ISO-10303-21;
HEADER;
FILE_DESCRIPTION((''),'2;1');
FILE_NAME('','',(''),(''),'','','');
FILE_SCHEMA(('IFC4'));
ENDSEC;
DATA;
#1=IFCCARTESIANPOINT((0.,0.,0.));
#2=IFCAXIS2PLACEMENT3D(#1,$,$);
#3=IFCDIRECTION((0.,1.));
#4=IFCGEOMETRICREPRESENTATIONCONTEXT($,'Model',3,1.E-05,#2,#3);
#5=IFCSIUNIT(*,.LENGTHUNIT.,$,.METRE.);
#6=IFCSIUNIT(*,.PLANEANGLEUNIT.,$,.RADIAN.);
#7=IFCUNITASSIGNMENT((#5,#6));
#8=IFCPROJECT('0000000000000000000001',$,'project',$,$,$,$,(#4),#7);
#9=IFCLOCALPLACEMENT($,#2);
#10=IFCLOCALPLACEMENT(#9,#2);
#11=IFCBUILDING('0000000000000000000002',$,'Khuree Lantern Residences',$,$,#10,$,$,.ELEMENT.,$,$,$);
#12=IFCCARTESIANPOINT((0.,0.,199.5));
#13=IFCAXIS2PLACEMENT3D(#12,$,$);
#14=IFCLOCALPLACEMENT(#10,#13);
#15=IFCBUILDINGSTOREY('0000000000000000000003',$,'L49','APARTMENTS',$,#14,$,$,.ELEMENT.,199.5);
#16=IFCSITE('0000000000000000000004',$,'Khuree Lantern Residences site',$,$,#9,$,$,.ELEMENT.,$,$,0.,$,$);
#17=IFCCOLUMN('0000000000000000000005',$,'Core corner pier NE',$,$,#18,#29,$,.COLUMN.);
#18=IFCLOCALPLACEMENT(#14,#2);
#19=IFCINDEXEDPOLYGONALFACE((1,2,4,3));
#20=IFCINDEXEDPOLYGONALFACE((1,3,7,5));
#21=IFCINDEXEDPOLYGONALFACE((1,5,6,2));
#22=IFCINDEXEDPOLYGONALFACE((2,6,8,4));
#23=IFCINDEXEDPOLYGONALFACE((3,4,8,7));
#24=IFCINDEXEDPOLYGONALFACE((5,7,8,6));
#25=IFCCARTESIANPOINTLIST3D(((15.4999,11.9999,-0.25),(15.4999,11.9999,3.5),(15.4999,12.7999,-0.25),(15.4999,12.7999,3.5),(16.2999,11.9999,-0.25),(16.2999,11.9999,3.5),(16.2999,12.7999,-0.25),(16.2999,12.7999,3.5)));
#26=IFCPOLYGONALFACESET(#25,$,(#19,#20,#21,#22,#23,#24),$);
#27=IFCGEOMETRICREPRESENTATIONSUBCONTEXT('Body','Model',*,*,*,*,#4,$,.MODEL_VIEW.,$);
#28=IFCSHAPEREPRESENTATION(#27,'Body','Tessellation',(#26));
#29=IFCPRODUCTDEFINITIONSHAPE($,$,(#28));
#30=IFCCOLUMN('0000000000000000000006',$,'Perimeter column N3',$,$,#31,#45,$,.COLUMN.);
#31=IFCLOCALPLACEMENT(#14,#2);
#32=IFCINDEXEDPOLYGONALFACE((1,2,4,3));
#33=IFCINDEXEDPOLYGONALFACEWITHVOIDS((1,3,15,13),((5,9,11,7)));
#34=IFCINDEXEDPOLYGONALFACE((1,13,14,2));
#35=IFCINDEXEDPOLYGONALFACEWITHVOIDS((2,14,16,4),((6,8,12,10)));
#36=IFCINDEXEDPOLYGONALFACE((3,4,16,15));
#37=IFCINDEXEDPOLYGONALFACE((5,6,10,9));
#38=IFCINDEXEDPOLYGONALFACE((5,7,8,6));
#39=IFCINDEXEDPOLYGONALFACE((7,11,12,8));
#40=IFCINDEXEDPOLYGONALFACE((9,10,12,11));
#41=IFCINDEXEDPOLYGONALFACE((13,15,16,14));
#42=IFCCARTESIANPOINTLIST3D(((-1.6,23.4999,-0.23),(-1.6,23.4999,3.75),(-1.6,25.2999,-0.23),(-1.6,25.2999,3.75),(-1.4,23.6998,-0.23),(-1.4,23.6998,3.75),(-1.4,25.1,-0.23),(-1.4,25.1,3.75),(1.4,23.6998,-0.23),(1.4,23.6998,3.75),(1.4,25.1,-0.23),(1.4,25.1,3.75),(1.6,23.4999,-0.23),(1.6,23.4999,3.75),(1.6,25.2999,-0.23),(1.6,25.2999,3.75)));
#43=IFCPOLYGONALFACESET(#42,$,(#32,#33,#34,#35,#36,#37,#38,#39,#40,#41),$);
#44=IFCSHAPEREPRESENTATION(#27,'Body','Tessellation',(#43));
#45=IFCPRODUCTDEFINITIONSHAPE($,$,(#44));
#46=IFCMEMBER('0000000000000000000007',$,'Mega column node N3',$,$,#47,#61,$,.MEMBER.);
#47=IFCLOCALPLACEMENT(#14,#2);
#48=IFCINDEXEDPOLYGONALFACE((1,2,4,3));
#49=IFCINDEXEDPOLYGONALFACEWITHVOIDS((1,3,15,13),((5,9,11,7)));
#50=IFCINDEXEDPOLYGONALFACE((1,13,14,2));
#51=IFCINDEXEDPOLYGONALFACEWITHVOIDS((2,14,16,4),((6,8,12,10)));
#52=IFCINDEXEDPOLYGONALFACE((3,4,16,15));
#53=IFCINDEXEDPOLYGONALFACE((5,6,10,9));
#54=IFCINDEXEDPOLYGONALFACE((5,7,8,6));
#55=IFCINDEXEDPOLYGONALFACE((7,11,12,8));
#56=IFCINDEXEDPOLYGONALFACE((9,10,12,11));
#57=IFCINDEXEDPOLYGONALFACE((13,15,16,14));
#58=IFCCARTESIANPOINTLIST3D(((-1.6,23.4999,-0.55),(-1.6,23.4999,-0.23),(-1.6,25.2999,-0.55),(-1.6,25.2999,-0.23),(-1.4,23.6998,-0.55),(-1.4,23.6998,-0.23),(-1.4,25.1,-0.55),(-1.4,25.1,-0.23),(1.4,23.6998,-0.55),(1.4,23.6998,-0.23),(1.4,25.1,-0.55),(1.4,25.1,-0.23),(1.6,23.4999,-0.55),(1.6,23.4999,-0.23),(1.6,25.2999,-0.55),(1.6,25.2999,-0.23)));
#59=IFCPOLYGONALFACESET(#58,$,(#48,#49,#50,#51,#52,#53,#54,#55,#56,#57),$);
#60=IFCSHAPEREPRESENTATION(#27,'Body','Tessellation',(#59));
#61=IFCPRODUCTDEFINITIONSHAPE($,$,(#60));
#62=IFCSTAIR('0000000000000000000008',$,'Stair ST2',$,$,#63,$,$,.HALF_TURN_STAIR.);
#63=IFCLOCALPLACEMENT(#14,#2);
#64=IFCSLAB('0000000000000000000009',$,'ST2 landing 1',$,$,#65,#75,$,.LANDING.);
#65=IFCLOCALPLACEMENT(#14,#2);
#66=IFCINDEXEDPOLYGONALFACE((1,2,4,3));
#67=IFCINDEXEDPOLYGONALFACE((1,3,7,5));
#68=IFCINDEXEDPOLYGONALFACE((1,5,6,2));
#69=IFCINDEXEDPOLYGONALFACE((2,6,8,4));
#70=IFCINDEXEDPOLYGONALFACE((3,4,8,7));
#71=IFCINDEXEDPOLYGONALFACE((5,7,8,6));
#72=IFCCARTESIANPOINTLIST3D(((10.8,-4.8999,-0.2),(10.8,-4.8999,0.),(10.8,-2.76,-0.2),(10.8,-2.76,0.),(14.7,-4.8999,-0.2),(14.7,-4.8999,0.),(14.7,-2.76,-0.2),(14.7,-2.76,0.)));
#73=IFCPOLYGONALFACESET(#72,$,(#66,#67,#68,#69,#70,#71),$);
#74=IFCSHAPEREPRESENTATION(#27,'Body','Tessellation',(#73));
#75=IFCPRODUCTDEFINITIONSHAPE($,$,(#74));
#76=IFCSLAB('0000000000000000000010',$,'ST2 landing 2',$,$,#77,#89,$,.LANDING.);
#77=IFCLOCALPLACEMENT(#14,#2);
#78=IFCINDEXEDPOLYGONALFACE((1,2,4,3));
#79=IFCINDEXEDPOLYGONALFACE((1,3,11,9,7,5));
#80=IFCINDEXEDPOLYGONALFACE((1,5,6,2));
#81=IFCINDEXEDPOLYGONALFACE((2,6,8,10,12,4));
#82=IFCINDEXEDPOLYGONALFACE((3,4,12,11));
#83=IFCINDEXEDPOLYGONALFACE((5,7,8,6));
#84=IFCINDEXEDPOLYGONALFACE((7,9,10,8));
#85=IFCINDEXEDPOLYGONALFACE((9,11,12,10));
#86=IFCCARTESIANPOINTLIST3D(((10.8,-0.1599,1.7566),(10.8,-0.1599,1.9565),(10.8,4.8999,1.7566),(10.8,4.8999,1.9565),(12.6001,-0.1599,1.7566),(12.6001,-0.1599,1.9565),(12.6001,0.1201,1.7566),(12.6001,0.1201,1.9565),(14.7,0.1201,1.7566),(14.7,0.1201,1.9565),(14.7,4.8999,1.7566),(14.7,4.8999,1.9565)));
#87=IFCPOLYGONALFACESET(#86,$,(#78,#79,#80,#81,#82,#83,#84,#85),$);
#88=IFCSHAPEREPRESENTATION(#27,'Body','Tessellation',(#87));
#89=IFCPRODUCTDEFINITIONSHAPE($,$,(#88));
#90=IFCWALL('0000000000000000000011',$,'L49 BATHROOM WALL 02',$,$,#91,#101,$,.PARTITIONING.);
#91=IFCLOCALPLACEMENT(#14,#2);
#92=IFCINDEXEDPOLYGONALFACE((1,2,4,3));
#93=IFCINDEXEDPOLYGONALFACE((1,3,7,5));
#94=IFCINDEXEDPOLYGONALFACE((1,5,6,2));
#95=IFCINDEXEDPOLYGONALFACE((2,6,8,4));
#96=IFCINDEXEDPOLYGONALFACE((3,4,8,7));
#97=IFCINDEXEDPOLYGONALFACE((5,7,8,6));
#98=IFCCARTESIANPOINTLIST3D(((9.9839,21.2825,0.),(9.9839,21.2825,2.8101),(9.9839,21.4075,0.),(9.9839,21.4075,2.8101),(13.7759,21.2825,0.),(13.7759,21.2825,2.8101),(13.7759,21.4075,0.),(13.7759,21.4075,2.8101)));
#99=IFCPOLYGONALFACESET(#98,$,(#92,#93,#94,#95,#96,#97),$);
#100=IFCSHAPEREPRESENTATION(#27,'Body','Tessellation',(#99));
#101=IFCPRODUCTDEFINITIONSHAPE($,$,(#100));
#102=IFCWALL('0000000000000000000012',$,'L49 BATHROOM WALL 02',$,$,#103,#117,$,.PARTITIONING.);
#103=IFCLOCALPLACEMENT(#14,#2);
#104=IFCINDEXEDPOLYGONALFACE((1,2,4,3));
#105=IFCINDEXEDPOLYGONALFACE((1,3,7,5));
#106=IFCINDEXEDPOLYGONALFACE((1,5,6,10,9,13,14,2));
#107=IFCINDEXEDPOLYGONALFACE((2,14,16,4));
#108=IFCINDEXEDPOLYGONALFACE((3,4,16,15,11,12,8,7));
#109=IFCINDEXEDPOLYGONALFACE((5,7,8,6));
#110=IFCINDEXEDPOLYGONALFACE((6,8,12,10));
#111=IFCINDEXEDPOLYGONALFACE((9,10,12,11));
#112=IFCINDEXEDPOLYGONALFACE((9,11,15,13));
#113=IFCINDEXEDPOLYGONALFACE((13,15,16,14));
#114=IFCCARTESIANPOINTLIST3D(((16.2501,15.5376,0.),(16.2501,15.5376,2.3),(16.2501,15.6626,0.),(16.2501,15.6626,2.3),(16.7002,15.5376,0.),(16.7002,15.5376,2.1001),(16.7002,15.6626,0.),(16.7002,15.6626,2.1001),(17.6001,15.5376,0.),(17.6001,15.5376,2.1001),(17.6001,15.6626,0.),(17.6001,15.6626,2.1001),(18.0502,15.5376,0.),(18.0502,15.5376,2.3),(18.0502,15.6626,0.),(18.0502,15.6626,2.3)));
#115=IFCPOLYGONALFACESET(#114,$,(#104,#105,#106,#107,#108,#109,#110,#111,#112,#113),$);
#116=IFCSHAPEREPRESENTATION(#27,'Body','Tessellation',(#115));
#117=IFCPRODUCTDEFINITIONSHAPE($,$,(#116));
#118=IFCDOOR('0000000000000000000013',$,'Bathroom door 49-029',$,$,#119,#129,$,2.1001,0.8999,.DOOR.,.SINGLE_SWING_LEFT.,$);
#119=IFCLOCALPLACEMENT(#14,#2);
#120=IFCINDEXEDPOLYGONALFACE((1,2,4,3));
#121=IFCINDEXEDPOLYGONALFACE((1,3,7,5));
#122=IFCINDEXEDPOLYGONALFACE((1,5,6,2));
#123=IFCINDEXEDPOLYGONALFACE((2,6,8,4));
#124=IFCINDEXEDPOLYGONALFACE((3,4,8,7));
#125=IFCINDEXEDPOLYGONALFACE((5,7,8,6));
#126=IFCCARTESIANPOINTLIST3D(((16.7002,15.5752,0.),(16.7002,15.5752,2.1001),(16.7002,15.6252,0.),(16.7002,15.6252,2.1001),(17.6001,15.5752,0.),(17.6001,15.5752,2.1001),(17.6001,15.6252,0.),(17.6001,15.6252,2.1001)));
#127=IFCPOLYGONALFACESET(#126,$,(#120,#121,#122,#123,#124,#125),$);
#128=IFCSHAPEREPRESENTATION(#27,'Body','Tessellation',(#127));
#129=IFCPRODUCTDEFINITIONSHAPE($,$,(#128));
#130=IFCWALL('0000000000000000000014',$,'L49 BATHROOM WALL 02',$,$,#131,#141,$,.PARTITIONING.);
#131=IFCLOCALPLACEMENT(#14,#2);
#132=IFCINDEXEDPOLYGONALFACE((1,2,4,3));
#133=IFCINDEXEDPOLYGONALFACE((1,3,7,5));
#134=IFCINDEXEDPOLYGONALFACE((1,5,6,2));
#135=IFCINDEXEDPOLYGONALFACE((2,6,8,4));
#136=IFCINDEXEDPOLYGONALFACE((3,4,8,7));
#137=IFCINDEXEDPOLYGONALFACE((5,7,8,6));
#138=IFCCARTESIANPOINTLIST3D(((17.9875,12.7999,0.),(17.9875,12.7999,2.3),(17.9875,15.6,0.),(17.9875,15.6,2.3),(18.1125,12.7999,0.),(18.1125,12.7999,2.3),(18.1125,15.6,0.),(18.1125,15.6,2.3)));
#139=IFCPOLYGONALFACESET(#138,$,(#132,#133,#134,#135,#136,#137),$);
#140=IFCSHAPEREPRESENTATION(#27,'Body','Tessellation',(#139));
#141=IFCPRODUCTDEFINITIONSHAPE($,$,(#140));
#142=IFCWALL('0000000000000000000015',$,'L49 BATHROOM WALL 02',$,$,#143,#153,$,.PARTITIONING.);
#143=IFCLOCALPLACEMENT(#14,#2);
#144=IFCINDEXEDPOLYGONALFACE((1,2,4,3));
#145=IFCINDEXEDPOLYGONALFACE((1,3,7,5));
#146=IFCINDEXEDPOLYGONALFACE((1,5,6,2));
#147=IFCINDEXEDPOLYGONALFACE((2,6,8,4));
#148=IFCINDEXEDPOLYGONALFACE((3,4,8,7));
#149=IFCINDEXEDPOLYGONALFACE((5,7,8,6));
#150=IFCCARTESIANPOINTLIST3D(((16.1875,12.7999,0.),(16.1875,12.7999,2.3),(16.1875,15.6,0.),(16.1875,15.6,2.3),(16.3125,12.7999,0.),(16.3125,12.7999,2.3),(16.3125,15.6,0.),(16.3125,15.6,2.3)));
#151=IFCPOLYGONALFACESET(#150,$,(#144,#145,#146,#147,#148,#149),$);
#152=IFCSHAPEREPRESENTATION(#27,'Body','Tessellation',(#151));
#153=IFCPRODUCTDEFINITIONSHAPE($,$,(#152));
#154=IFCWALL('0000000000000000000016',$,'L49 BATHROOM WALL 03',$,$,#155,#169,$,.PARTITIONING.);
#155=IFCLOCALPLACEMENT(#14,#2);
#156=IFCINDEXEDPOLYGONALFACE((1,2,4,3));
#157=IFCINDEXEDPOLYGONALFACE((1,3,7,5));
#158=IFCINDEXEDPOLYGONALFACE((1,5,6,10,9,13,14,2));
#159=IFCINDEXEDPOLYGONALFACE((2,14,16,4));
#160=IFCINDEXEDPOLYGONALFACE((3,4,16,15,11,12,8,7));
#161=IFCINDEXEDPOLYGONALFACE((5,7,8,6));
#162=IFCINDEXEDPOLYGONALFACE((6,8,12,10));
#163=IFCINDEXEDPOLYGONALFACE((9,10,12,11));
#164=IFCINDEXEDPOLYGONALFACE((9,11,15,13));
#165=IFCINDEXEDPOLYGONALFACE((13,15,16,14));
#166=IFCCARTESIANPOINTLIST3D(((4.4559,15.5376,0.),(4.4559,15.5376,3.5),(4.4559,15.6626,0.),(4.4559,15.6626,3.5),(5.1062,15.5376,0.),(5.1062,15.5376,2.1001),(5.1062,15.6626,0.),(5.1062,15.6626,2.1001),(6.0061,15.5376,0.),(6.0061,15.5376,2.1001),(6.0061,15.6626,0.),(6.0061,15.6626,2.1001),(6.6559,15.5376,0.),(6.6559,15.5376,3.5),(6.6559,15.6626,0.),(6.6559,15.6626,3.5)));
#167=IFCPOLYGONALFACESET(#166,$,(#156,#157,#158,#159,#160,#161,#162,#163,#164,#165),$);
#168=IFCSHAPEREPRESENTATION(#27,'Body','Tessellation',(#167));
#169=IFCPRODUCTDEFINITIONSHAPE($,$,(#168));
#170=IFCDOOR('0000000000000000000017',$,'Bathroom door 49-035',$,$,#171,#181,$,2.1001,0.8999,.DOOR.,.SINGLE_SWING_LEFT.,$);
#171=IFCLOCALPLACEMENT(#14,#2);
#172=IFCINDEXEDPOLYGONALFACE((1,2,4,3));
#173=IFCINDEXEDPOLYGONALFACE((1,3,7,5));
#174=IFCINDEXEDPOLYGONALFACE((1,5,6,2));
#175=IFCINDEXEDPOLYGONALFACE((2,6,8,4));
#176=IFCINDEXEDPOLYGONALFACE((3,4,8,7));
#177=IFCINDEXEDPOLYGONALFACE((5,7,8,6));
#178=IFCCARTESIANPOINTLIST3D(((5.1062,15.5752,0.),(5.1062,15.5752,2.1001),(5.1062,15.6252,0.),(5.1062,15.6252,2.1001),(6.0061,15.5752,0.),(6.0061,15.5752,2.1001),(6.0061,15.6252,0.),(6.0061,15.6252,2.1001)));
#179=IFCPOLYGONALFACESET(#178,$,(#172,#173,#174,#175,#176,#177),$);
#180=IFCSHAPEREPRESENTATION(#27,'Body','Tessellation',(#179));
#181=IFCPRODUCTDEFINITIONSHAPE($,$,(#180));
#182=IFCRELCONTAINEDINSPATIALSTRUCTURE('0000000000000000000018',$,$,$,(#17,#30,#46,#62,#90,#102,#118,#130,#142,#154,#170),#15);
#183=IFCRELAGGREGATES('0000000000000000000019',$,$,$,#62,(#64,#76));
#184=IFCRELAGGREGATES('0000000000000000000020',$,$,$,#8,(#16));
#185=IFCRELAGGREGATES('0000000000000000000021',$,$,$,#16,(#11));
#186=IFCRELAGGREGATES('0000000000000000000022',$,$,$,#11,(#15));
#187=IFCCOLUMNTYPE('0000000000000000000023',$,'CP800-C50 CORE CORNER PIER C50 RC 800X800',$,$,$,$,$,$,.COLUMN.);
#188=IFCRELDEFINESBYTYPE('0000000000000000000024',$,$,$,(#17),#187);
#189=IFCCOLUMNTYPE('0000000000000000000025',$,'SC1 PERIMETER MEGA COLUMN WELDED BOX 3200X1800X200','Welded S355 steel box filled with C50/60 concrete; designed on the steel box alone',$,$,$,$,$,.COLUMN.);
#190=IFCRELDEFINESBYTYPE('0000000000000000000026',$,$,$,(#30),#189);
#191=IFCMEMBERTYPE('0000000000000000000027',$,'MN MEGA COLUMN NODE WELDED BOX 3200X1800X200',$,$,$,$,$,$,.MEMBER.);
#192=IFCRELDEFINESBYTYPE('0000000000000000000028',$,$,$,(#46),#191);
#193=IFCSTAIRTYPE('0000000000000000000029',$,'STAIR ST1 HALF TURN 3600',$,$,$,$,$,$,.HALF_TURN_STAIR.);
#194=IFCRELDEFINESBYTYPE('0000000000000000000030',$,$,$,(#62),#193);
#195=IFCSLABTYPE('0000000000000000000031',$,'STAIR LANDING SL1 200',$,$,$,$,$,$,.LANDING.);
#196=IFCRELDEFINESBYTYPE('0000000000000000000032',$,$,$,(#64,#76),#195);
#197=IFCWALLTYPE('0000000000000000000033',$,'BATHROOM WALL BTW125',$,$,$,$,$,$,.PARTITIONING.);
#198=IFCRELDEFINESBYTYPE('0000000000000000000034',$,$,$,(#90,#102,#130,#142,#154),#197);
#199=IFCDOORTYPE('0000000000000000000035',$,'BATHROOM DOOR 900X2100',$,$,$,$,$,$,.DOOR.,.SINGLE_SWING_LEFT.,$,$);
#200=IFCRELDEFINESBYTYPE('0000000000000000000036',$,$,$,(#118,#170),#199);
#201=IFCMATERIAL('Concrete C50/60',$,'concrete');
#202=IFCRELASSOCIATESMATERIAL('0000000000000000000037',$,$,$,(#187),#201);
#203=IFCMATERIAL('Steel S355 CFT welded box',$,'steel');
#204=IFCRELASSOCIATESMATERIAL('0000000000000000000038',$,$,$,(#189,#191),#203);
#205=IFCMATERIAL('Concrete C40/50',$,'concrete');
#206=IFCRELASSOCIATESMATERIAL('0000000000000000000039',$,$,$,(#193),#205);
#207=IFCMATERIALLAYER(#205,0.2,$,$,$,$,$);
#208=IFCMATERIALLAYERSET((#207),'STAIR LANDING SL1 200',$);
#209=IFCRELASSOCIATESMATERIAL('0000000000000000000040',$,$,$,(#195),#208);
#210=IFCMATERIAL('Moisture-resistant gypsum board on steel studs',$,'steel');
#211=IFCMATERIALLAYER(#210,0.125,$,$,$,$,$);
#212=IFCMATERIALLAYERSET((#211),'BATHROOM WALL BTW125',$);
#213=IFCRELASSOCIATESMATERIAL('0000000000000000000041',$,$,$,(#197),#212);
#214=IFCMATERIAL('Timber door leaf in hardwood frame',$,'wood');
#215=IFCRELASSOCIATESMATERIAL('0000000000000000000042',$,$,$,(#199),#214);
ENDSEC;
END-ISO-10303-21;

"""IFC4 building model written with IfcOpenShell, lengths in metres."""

from ifc_helpers import new_model, si_unit, direction, frame, frame_2d, origin, origin_2d, place, context, subcontext, project, spatial, polyline, rectangle, hollow_rectangle, outline, extrude, material, layer, layer_set, material_profile, profile_set, type_object, element, fill, aggregate, save


model = new_model("IFC4")

# Units and contexts
model_context = context("Model", 3, precision=1e-05, world=origin(), true_north=direction((0.0, 1.0)))
body_context = subcontext(model_context, "Body", "Model", "MODEL_VIEW")
ifc_project = project(units=[si_unit("LENGTHUNIT", "METRE"), si_unit("PLANEANGLEUNIT", "RADIAN")], contexts=[model_context])

# Site, building, storey
site_placement = place(None, origin())
site = spatial("IfcSite", under=ifc_project, at=site_placement, Name="Khuree Lantern Residences site", CompositionType="ELEMENT", RefElevation=0.0)
building_placement = place(site_placement, origin())
building = spatial("IfcBuilding", under=site, at=building_placement, Name="Khuree Lantern Residences", CompositionType="ELEMENT")
storey_placement = place(building_placement, frame((0.0, 0.0, 199.5)))
storey = spatial("IfcBuildingStorey", under=building, at=storey_placement, Name="L49", Description="APARTMENTS", CompositionType="ELEMENT", Elevation=199.5)

# Columns
ifc_material_1 = material(Name="Concrete C50/60", Category="concrete")
ifc_material_profile_1 = material_profile(ifc_material_1, rectangle(XDim=0.8, YDim=0.8, at=origin_2d()), Name="RC 800X800")
ifc_profile_set_1 = profile_set([ifc_material_profile_1], Name="Concrete C50/60")
column_type_1 = type_object("IfcColumnType", Name="CP800-C50 CORE CORNER PIER C50 RC 800X800", PredefinedType="COLUMN", material=ifc_profile_set_1)
column_1_placement = place(storey_placement, frame((15.8999, 12.3999, -0.25), z_axis=(0.0, 0.0, 1.0), x_axis=(1.0, 0.0, 0.0)))
element("IfcColumn", 1, at=column_1_placement, inside=storey, type_object=column_type_1, Name="Core corner pier NE", PredefinedType="COLUMN", context=body_context, shape_type="SweptSolid", body=[
    extrude(rectangle(XDim=0.8, YDim=0.8, at=origin_2d()), origin(), (0.0, 0.0, 1.0), 3.75),
])
ifc_material_2 = material(Name="Steel S355 CFT welded box", Category="steel")
ifc_material_profile_2 = material_profile(ifc_material_2, hollow_rectangle(XDim=3.2, YDim=1.8, WallThickness=0.2, at=origin_2d()), Name="WELDED BOX 3200X1800X200")
ifc_profile_set_2 = profile_set([ifc_material_profile_2], Name="Steel S355 CFT welded box")
column_type_2 = type_object("IfcColumnType", Name="SC1 PERIMETER MEGA COLUMN WELDED BOX 3200X1800X200", Description="Welded S355 steel box filled with C50/60 concrete; designed on the steel box alone", PredefinedType="COLUMN", material=ifc_profile_set_2)
column_2_placement = place(storey_placement, frame((0.0, 24.3999, -0.23), z_axis=(0.0, 0.0, 1.0), x_axis=(1.0, 0.0, 0.0)))
element("IfcColumn", 2, at=column_2_placement, inside=storey, type_object=column_type_2, Name="Perimeter column N3", PredefinedType="COLUMN", context=body_context, shape_type="SweptSolid", body=[
    extrude(hollow_rectangle(XDim=3.2, YDim=1.8, WallThickness=0.2, at=origin_2d()), origin(), (0.0, 0.0, 1.0), 3.98),
])

# Member
ifc_material_profile_3 = material_profile(ifc_material_2, hollow_rectangle(XDim=3.2, YDim=1.8, WallThickness=0.2, at=origin_2d()), Name="WELDED BOX 3200X1800X200")
ifc_profile_set_3 = profile_set([ifc_material_profile_3], Name="Steel S355 CFT welded box")
member_type = type_object("IfcMemberType", Name="MN MEGA COLUMN NODE WELDED BOX 3200X1800X200", PredefinedType="MEMBER", material=ifc_profile_set_3)
member_placement = place(storey_placement, frame((0.0, 24.3999, -0.55), z_axis=(0.0, 0.0, 1.0), x_axis=(1.0, 0.0, 0.0)))
element("IfcMember", 3, at=member_placement, inside=storey, type_object=member_type, Name="Mega column node N3", PredefinedType="MEMBER", context=body_context, shape_type="SweptSolid", body=[
    extrude(hollow_rectangle(XDim=3.2, YDim=1.8, WallThickness=0.2, at=origin_2d()), origin(), (0.0, 0.0, 1.0), 0.3201),
])

# Stair, slabs
ifc_material_3 = material(Name="Concrete C40/50", Category="concrete")
stair_type = type_object("IfcStairType", Name="STAIR ST1 HALF TURN 3600", PredefinedType="HALF_TURN_STAIR", material=ifc_material_3)
stair_placement = place(storey_placement, origin())
stair = element("IfcStair", 4, at=stair_placement, inside=storey, type_object=stair_type, Name="Stair ST2", PredefinedType="HALF_TURN_STAIR")
ifc_layer_1 = layer(ifc_material_3, 0.2)
ifc_layer_set_1 = layer_set([ifc_layer_1], Name="STAIR LANDING SL1 200")
slab_type = type_object("IfcSlabType", Name="STAIR LANDING SL1 200", PredefinedType="LANDING", material=ifc_layer_set_1)
slab_1_placement = place(storey_placement, frame((0.0, 0.0, -0.2)))
slab_1 = element("IfcSlab", 5, at=slab_1_placement, type_object=slab_type, Name="ST2 landing 1", PredefinedType="LANDING", context=body_context, shape_type="SweptSolid", body=[
    extrude(outline(polyline([(10.8, -4.8999), (14.7, -4.8999), (14.7, -2.76), (10.8, -2.76), (10.8, -4.8999)])), origin(), (0.0, 0.0, 1.0), 0.2),
])
slab_2_placement = place(storey_placement, frame((0.0, 0.0, 1.7566)))
slab_2 = element("IfcSlab", 6, at=slab_2_placement, type_object=slab_type, Name="ST2 landing 2", PredefinedType="LANDING", context=body_context, shape_type="SweptSolid", body=[
    extrude(outline(polyline([(14.7, 4.8999), (14.7, 0.1201), (12.6001, 0.1201), (12.6001, -0.1599), (10.8, -0.1599), (10.8, 4.8999), (14.7, 4.8999)])), origin(), (0.0, 0.0, 1.0), 0.2),
])
aggregate(stair, [slab_1, slab_2])

# Wall
ifc_material_4 = material(Name="Moisture-resistant gypsum board on steel studs", Category="steel")
ifc_layer_2 = layer(ifc_material_4, 0.125)
ifc_layer_set_2 = layer_set([ifc_layer_2], Name="BATHROOM WALL BTW125")
wall_type_1 = type_object("IfcWallType", Name="BATHROOM WALL BTW125", PredefinedType="PARTITIONING", material=ifc_layer_set_2)
wall_1_placement = place(storey_placement, frame((13.7759, 21.345, 0.0), z_axis=(0.0, 0.0, 1.0), x_axis=(-1.0, 0.0, 0.0)))
element("IfcWall", 7, at=wall_1_placement, inside=storey, type_object=wall_type_1, Name="L49 BATHROOM WALL 02", PredefinedType="PARTITIONING", context=body_context, shape_type="SweptSolid", body=[
    extrude(rectangle(XDim=3.792, YDim=0.125, at=frame_2d((1.896, 0.0))), origin(), (0.0, 0.0, 1.0), 2.8101),
])

# Wall, opening, door
wall_2_placement = place(storey_placement, frame((18.05, 15.6001, 0.0), z_axis=(0.0, 0.0, 1.0), x_axis=(-1.0, 0.0, 0.0)))
wall_2 = element("IfcWall", 8, at=wall_2_placement, inside=storey, type_object=wall_type_1, Name="L49 BATHROOM WALL 02", PredefinedType="PARTITIONING", context=body_context, shape_type="SweptSolid", body=[
    extrude(rectangle(XDim=1.8, YDim=0.125, at=frame_2d((0.8999, 0.0))), origin(), (0.0, 0.0, 1.0), 2.3),
])
opening_1_placement = place(wall_2_placement, frame((0.45, 0.0, 0.0)))
opening_1 = element("IfcOpeningElement", 9, at=opening_1_placement, cuts=wall_2, PredefinedType="OPENING", context=body_context, shape_type="SweptSolid", body=[
    extrude(rectangle(XDim=0.8999, YDim=2.1001, at=frame_2d((0.45, 1.05))), frame((0.0, 0.0725, 0.0), z_axis=(0.0, -1.0, 0.0), x_axis=(1.0, 0.0, 0.0)), (0.0, 0.0, 1.0), 0.145),
])
ifc_material_5 = material(Name="Timber door leaf in hardwood frame", Category="wood")
door_type_1 = type_object("IfcDoorType", Name="BATHROOM DOOR 900X2100", OperationType="SINGLE_SWING_LEFT", PredefinedType="DOOR", material=ifc_material_5)
door_1_placement = place(opening_1_placement, origin())
door_1 = element("IfcDoor", 10, at=door_1_placement, inside=storey, type_object=door_type_1, Name="Bathroom door 49-029", OperationType="SINGLE_SWING_LEFT", OverallHeight=2.1001, OverallWidth=0.8999, PredefinedType="DOOR", context=body_context, shape_type="SweptSolid", body=[
    extrude(rectangle(XDim=0.8999, YDim=2.1001, at=frame_2d((0.45, 1.05))), frame((0.0, 0.0249, 0.0), z_axis=(0.0, -1.0, 0.0), x_axis=(1.0, 0.0, 0.0)), (0.0, 0.0, 1.0), 0.05),
])
fill(opening_1, door_1)

# Walls
for number, where, z_axis, x_axis, name in (
    (11, (18.05, 12.8, 0.0), (0.0, 0.0, 1.0), (0.0, 1.0, 0.0), "L49 BATHROOM WALL 02"),
    (12, (16.25, 12.8, 0.0), (0.0, 0.0, 1.0), (0.0, 1.0, 0.0), "L49 BATHROOM WALL 02"),
):
    element("IfcWall", number, at=place(storey_placement, frame(where, z_axis=z_axis, x_axis=x_axis)), inside=storey, type_object=wall_type_1, Name=name, PredefinedType="PARTITIONING", context=body_context, shape_type="SweptSolid", body=[
        extrude(rectangle(XDim=2.8, YDim=0.125, at=frame_2d((1.3999, 0.0))), origin(), (0.0, 0.0, 1.0), 2.3),
    ])

# Wall, opening, door
wall_3_placement = place(storey_placement, frame((6.656, 15.6001, 0.0), z_axis=(0.0, 0.0, 1.0), x_axis=(-1.0, 0.0, 0.0)))
wall_3 = element("IfcWall", 13, at=wall_3_placement, inside=storey, type_object=wall_type_1, Name="L49 BATHROOM WALL 03", PredefinedType="PARTITIONING", context=body_context, shape_type="SweptSolid", body=[
    extrude(rectangle(XDim=2.2, YDim=0.125, at=frame_2d((1.1001, 0.0))), origin(), (0.0, 0.0, 1.0), 3.5),
])
opening_2_placement = place(wall_3_placement, frame((0.6499, 0.0, 0.0)))
opening_2 = element("IfcOpeningElement", 14, at=opening_2_placement, cuts=wall_3, PredefinedType="OPENING", context=body_context, shape_type="SweptSolid", body=[
    extrude(rectangle(XDim=0.8999, YDim=2.1001, at=frame_2d((0.45, 1.05))), frame((0.0, 0.0725, 0.0), z_axis=(0.0, -1.0, 0.0), x_axis=(1.0, 0.0, 0.0)), (0.0, 0.0, 1.0), 0.145),
])
door_2_placement = place(opening_2_placement, origin())
door_2 = element("IfcDoor", 15, at=door_2_placement, inside=storey, type_object=door_type_1, Name="Bathroom door 49-035", OperationType="SINGLE_SWING_LEFT", OverallHeight=2.1001, OverallWidth=0.8999, PredefinedType="DOOR", context=body_context, shape_type="SweptSolid", body=[
    extrude(rectangle(XDim=0.8999, YDim=2.1001, at=frame_2d((0.45, 1.05))), frame((0.0, 0.0249, 0.0), z_axis=(0.0, -1.0, 0.0), x_axis=(1.0, 0.0, 0.0)), (0.0, 0.0, 1.0), 0.05),
])
fill(opening_2, door_2)

save(model, "model.ifc")
